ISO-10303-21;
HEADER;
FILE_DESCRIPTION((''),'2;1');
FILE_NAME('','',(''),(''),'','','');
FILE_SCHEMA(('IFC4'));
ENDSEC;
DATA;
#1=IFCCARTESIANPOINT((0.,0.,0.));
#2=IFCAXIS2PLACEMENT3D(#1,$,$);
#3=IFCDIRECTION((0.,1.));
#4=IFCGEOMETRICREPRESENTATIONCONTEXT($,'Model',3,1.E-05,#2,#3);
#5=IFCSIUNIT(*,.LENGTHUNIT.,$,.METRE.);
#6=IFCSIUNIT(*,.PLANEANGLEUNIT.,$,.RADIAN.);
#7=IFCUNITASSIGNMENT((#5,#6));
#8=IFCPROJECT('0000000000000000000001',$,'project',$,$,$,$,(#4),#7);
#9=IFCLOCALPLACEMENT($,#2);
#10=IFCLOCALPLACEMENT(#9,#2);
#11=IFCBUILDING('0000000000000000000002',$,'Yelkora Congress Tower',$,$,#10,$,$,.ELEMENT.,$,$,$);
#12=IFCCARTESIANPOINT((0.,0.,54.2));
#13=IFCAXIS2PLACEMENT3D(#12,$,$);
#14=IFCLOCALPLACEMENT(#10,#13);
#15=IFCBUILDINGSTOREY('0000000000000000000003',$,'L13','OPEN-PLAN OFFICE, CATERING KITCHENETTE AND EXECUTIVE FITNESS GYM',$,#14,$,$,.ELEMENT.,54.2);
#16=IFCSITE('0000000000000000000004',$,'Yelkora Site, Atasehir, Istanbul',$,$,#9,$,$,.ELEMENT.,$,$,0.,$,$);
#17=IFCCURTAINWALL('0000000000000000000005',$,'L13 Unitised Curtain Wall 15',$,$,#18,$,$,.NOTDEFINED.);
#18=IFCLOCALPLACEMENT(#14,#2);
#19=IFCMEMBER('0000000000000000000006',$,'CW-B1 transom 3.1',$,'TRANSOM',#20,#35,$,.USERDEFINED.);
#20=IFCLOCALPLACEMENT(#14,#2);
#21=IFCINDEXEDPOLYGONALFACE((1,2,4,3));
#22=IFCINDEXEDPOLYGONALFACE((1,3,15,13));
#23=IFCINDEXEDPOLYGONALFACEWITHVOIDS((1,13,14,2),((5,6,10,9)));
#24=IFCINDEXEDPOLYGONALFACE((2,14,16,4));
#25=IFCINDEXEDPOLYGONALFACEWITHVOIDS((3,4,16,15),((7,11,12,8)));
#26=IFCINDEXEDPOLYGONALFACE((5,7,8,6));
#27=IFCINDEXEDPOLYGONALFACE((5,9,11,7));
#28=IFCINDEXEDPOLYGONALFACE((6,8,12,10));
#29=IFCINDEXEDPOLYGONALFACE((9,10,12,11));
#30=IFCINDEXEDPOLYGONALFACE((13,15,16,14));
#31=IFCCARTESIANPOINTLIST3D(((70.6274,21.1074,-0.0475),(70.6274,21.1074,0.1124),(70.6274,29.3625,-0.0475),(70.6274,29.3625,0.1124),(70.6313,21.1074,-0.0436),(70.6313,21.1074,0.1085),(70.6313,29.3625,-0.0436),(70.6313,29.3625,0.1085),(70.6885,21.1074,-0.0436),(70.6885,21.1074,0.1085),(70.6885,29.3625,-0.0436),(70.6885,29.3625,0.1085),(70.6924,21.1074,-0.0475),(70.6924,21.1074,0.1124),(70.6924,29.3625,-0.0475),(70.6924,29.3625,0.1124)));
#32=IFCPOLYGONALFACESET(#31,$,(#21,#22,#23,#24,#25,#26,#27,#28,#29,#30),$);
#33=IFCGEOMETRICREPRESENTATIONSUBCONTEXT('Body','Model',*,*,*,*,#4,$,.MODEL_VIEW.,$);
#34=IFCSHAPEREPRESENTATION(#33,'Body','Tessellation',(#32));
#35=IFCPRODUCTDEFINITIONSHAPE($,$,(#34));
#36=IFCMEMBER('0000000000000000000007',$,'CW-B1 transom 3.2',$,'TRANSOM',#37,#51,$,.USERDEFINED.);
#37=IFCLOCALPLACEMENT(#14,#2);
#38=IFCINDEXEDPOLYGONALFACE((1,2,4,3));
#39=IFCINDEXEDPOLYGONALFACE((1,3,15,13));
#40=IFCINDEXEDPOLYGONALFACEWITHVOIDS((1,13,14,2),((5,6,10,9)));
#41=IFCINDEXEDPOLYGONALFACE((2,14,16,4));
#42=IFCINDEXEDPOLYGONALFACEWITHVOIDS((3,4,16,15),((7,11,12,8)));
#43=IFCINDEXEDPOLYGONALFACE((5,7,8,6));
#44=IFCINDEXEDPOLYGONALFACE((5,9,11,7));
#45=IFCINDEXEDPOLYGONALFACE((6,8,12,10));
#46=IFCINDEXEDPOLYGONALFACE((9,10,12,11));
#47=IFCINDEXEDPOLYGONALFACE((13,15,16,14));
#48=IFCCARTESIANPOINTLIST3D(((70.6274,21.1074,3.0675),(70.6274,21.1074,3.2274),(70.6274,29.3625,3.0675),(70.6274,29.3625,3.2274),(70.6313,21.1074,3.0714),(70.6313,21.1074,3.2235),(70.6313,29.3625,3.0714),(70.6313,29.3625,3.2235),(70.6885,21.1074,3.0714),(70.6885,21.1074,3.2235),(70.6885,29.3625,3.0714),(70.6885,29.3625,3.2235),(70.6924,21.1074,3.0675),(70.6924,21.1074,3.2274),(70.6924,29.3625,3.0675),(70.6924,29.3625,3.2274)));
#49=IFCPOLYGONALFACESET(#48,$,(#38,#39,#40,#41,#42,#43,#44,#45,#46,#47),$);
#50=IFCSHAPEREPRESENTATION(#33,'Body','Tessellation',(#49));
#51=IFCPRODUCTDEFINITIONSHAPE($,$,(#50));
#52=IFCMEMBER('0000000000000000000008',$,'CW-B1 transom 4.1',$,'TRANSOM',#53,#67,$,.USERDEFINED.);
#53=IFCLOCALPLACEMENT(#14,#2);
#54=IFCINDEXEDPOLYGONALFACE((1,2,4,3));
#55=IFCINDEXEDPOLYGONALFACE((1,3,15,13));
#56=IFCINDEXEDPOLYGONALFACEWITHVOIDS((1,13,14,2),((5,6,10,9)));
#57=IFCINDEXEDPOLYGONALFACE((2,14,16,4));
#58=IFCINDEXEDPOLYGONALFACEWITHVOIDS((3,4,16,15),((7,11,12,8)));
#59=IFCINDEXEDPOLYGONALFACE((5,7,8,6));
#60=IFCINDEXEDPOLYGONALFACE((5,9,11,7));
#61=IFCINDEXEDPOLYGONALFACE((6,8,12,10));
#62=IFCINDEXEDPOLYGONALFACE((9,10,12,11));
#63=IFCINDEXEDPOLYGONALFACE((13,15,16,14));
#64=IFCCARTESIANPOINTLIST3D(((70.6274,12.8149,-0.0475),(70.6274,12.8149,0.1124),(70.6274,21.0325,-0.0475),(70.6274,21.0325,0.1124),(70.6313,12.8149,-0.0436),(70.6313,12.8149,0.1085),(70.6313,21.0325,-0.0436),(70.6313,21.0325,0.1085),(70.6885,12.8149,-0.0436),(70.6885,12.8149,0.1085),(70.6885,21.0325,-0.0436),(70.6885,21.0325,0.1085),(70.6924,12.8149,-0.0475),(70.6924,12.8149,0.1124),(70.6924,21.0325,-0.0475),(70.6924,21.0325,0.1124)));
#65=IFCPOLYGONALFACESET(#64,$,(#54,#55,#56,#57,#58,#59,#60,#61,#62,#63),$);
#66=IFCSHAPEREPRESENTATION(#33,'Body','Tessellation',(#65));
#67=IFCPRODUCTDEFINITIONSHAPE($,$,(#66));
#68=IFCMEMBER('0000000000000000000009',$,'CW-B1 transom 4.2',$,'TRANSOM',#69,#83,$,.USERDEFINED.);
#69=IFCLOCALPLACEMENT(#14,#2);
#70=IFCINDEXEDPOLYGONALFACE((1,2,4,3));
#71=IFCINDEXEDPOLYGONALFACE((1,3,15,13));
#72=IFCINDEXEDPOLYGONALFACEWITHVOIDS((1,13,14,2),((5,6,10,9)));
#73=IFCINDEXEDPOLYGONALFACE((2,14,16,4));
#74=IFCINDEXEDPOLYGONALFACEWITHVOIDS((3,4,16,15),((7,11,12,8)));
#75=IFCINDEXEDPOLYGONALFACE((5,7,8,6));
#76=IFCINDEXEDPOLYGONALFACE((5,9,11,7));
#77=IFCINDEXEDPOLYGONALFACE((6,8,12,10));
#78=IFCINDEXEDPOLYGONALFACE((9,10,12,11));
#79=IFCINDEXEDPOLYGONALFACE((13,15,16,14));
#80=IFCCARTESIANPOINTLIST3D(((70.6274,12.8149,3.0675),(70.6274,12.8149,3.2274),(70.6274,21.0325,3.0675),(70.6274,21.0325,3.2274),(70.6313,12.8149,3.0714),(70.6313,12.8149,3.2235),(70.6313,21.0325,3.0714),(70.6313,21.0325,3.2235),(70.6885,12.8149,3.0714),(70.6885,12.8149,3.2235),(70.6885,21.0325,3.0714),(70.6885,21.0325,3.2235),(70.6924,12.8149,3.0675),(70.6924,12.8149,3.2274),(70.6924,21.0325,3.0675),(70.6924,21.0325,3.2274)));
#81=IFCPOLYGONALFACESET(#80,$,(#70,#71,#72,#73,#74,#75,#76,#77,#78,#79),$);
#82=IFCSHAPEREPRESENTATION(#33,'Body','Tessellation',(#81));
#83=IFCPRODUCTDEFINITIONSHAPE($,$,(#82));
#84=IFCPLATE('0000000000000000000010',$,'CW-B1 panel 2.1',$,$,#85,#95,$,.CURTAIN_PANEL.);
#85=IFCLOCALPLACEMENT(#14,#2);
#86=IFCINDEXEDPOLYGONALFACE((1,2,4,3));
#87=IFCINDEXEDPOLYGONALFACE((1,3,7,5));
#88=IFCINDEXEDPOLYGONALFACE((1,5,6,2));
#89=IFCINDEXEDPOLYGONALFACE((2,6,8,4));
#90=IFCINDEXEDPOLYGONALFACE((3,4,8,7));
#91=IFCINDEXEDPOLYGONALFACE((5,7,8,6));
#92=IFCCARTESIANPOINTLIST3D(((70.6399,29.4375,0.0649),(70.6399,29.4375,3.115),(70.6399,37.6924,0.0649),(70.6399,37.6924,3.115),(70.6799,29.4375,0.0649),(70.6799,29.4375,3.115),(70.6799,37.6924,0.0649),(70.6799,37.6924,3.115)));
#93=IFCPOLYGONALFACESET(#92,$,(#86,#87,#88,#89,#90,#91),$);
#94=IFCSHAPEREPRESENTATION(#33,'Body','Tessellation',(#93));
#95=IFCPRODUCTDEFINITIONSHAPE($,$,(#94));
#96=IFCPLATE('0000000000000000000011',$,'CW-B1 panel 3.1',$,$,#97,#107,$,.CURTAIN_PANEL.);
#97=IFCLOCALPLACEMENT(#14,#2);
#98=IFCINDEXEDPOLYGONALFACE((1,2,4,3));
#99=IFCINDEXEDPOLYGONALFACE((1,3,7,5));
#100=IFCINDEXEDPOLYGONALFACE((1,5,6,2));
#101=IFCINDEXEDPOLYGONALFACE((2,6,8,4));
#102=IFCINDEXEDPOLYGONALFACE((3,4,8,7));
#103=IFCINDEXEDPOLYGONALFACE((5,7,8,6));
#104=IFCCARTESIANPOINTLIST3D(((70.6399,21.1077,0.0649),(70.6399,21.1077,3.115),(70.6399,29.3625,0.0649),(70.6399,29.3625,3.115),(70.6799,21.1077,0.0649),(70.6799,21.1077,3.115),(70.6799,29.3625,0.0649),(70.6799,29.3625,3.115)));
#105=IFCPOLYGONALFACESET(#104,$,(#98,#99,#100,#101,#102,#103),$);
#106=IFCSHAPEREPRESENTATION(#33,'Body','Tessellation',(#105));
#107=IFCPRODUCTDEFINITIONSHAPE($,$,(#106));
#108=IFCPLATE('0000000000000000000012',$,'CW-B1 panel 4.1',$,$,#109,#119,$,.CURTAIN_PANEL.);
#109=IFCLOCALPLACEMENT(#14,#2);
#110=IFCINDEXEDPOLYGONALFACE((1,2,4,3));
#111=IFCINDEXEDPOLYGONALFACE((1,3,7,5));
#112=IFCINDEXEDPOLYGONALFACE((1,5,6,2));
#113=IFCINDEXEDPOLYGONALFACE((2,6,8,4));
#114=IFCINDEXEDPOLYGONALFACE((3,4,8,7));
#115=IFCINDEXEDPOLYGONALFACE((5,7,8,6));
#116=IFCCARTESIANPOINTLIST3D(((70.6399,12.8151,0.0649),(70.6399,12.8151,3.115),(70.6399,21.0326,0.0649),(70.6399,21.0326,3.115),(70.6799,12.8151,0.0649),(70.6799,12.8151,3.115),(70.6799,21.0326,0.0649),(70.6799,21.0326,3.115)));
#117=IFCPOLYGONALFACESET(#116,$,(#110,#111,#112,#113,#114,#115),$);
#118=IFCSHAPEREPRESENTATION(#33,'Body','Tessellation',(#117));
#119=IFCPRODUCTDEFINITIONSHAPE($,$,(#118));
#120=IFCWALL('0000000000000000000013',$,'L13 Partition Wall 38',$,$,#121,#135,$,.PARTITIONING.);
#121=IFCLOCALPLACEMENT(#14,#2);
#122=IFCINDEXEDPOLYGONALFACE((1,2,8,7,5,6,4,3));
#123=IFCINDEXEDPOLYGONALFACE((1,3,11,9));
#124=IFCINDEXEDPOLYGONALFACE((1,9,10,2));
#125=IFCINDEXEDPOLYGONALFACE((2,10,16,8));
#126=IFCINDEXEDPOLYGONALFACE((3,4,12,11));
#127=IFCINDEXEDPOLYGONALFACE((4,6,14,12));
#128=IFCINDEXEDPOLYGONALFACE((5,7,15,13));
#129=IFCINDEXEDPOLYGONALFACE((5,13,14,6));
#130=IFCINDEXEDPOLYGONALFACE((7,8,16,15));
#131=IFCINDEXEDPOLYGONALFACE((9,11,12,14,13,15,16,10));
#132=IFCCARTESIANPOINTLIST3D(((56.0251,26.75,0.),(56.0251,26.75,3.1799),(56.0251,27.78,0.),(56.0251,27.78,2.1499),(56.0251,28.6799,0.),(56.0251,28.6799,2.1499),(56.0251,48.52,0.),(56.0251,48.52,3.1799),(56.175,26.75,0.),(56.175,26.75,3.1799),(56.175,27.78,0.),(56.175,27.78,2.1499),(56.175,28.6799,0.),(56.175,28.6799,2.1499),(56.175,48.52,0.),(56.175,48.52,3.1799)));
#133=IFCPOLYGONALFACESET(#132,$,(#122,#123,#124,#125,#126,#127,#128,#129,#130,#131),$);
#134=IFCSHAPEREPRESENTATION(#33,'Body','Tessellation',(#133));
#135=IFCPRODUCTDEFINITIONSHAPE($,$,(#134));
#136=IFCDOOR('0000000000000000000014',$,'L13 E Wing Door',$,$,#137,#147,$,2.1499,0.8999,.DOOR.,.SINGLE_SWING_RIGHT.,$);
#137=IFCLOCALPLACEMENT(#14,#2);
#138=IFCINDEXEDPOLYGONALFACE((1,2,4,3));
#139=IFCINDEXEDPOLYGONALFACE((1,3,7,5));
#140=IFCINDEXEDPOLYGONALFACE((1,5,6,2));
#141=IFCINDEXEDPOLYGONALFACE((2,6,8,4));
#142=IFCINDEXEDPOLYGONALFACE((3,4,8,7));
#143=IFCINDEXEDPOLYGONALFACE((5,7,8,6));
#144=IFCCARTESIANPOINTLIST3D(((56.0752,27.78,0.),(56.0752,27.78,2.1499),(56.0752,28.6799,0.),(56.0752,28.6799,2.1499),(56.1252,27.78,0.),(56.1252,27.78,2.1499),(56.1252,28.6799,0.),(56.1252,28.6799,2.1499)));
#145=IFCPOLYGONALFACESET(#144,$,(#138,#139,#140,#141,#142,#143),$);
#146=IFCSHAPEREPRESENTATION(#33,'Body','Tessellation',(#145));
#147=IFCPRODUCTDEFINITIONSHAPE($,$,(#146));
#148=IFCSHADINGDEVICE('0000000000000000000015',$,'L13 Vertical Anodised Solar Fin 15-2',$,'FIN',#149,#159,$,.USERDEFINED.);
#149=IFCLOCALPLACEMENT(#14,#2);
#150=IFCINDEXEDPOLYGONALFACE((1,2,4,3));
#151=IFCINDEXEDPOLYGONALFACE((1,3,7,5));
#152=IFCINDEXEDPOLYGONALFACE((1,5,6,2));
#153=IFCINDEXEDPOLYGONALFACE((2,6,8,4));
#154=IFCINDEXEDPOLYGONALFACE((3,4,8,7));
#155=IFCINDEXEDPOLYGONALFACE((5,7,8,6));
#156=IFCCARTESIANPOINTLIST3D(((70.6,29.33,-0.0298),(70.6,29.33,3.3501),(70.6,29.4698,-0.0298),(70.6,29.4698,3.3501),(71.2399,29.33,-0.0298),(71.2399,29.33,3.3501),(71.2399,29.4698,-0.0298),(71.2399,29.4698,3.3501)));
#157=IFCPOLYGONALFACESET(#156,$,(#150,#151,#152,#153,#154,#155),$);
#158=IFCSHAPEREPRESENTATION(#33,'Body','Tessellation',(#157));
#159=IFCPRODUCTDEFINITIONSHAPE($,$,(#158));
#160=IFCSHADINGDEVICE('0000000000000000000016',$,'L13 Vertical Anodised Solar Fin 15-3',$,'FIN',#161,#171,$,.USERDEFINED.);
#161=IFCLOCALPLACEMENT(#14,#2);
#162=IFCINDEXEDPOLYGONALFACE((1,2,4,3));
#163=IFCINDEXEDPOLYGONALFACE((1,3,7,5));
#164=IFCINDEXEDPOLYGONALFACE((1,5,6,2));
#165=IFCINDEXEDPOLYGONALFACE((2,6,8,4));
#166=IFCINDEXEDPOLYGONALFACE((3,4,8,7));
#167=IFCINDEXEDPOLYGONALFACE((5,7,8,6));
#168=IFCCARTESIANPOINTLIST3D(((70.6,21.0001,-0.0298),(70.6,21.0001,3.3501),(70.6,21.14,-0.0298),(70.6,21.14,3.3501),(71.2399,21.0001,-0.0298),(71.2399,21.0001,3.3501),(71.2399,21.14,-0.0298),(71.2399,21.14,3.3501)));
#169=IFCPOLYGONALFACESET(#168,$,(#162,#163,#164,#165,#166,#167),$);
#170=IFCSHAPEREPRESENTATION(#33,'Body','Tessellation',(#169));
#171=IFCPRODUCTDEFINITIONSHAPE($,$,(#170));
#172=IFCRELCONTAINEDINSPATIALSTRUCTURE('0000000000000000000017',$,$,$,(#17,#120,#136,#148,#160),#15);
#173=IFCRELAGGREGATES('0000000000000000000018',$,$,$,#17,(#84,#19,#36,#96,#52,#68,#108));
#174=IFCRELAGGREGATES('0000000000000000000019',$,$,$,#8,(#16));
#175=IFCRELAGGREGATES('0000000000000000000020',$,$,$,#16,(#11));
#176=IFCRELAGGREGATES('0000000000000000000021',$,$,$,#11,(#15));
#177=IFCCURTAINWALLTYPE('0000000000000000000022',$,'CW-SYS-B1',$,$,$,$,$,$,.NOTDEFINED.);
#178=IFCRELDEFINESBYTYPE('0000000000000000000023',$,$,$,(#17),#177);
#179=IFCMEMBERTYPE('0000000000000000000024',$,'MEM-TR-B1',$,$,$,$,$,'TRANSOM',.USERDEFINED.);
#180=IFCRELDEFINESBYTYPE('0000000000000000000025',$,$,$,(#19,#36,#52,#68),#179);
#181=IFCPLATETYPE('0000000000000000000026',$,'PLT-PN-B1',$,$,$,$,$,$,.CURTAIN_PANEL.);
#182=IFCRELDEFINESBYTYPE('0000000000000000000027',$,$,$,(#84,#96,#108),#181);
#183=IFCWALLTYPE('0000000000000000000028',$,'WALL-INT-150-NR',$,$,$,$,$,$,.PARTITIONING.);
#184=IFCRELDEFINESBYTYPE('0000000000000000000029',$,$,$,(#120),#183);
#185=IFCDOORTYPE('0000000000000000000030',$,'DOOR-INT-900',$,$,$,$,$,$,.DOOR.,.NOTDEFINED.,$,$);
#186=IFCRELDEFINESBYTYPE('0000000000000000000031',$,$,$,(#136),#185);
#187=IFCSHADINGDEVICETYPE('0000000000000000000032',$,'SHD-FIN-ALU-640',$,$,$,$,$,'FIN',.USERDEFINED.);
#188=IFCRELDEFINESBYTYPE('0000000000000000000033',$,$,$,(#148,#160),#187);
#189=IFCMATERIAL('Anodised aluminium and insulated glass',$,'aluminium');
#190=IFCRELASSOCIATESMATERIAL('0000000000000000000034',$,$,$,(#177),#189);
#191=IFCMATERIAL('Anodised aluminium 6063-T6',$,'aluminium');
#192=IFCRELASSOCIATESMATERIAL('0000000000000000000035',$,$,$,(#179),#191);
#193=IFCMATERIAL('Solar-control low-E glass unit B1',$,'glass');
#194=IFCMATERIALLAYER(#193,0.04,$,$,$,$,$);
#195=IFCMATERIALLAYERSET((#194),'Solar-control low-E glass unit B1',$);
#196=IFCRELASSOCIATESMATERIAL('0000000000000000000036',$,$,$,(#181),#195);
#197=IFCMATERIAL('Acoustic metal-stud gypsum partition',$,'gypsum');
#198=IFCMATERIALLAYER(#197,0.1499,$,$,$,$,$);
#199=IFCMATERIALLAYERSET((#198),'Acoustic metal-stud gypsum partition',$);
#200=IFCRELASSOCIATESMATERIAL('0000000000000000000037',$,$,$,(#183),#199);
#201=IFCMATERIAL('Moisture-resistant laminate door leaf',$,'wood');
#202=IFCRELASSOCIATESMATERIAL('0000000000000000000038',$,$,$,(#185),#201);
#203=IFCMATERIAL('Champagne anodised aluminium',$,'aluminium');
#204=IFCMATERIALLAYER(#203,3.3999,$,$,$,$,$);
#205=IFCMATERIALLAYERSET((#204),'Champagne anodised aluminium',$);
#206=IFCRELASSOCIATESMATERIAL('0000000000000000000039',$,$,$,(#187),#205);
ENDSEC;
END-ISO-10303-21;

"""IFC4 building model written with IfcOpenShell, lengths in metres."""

from ifc_helpers import new_model, si_unit, direction, frame, frame_2d, origin, origin_2d, place, context, subcontext, project, spatial, rectangle, hollow_rectangle, extrude, material, layer, layer_set, material_profile, profile_set, type_object, element, fill, aggregate, save


model = new_model("IFC4")

# Units and contexts
model_context = context("Model", 3, precision=1e-05, world=origin(), true_north=direction((0.0, 1.0)))
body_context = subcontext(model_context, "Body", "Model", "MODEL_VIEW")
ifc_project = project(units=[si_unit("LENGTHUNIT", "METRE"), si_unit("PLANEANGLEUNIT", "RADIAN")], contexts=[model_context])

# Site, building, storey
site_placement = place(None, origin())
site = spatial("IfcSite", under=ifc_project, at=site_placement, Name="Yelkora Site, Atasehir, Istanbul", CompositionType="ELEMENT", RefElevation=0.0)
building_placement = place(site_placement, origin())
building = spatial("IfcBuilding", under=site, at=building_placement, Name="Yelkora Congress Tower", CompositionType="ELEMENT")
storey_placement = place(building_placement, frame((0.0, 0.0, 54.2)))
storey = spatial("IfcBuildingStorey", under=building, at=storey_placement, Name="L13", Description="OPEN-PLAN OFFICE, CATERING KITCHENETTE AND EXECUTIVE FITNESS GYM", CompositionType="ELEMENT", Elevation=54.2)

# Curtain wall, members, plates
ifc_material_1 = material(Name="Anodised aluminium and insulated glass", Category="aluminium")
curtain_wall_type = type_object("IfcCurtainWallType", Name="CW-SYS-B1", PredefinedType="NOTDEFINED", material=ifc_material_1)
curtain_wall_placement = place(storey_placement, origin())
curtain_wall = element("IfcCurtainWall", 1, at=curtain_wall_placement, inside=storey, type_object=curtain_wall_type, Name="L13 Unitised Curtain Wall 15", PredefinedType="NOTDEFINED")
ifc_material_2 = material(Name="Anodised aluminium 6063-T6", Category="aluminium")
ifc_material_profile_1 = material_profile(ifc_material_2, hollow_rectangle(XDim=0.0649, YDim=0.1599, WallThickness=0.0039, at=origin_2d()), Name="ALU 65x160x4")
ifc_profile_set_1 = profile_set([ifc_material_profile_1], Name="Anodised aluminium 6063-T6")
member_type_1 = type_object("IfcMemberType", Name="MEM-TR-B1", ElementType="TRANSOM", PredefinedType="USERDEFINED", material=ifc_profile_set_1)
member_1_placement = place(storey_placement, frame((70.6599, 29.3625, 0.0325), z_axis=(0.0, -1.0, 0.0), x_axis=(1.0, 0.0, 0.0)))
member_1 = element("IfcMember", 2, at=member_1_placement, type_object=member_type_1, Name="CW-B1 transom 3.1", ObjectType="TRANSOM", PredefinedType="USERDEFINED", context=body_context, shape_type="SweptSolid", body=[
    extrude(hollow_rectangle(XDim=0.0649, YDim=0.1599, WallThickness=0.0039, at=origin_2d()), origin(), (0.0, 0.0, 1.0), 8.2551),
])
member_2_placement = place(storey_placement, frame((70.6599, 29.3625, 3.1475), z_axis=(0.0, -1.0, 0.0), x_axis=(1.0, 0.0, 0.0)))
member_2 = element("IfcMember", 3, at=member_2_placement, type_object=member_type_1, Name="CW-B1 transom 3.2", ObjectType="TRANSOM", PredefinedType="USERDEFINED", context=body_context, shape_type="SweptSolid", body=[
    extrude(hollow_rectangle(XDim=0.0649, YDim=0.1599, WallThickness=0.0039, at=origin_2d()), origin(), (0.0, 0.0, 1.0), 8.2551),
])
member_3_placement = place(storey_placement, frame((70.6599, 21.0325, 0.0325), z_axis=(0.0, -1.0, 0.0), x_axis=(1.0, 0.0, 0.0)))
member_3 = element("IfcMember", 4, at=member_3_placement, type_object=member_type_1, Name="CW-B1 transom 4.1", ObjectType="TRANSOM", PredefinedType="USERDEFINED", context=body_context, shape_type="SweptSolid", body=[
    extrude(hollow_rectangle(XDim=0.0649, YDim=0.1599, WallThickness=0.0039, at=origin_2d()), origin(), (0.0, 0.0, 1.0), 8.2175),
])
member_4_placement = place(storey_placement, frame((70.6599, 21.0325, 3.1475), z_axis=(0.0, -1.0, 0.0), x_axis=(1.0, 0.0, 0.0)))
member_4 = element("IfcMember", 5, at=member_4_placement, type_object=member_type_1, Name="CW-B1 transom 4.2", ObjectType="TRANSOM", PredefinedType="USERDEFINED", context=body_context, shape_type="SweptSolid", body=[
    extrude(hollow_rectangle(XDim=0.0649, YDim=0.1599, WallThickness=0.0039, at=origin_2d()), origin(), (0.0, 0.0, 1.0), 8.2175),
])
ifc_material_3 = material(Name="Solar-control low-E glass unit B1", Category="glass")
ifc_layer_1 = layer(ifc_material_3, 0.04)
ifc_layer_set_1 = layer_set([ifc_layer_1], Name="Solar-control low-E glass unit B1")
plate_type = type_object("IfcPlateType", Name="PLT-PN-B1", PredefinedType="CURTAIN_PANEL", material=ifc_layer_set_1)
plate_1_placement = place(storey_placement, frame((70.6599, 33.5649, 0.0649), z_axis=(0.0, 0.0, 1.0), x_axis=(0.0, -1.0, 0.0)))
plate_1 = element("IfcPlate", 6, at=plate_1_placement, type_object=plate_type, Name="CW-B1 panel 2.1", PredefinedType="CURTAIN_PANEL", context=body_context, shape_type="SweptSolid", body=[
    extrude(rectangle(XDim=8.2549, YDim=0.04, at=origin_2d()), origin(), (0.0, 0.0, 1.0), 3.05),
])
plate_2_placement = place(storey_placement, frame((70.6599, 25.2351, 0.0649), z_axis=(0.0, 0.0, 1.0), x_axis=(0.0, -1.0, 0.0)))
plate_2 = element("IfcPlate", 7, at=plate_2_placement, type_object=plate_type, Name="CW-B1 panel 3.1", PredefinedType="CURTAIN_PANEL", context=body_context, shape_type="SweptSolid", body=[
    extrude(rectangle(XDim=8.2549, YDim=0.04, at=origin_2d()), origin(), (0.0, 0.0, 1.0), 3.05),
])
plate_3_placement = place(storey_placement, frame((70.6599, 16.9238, 0.0649), z_axis=(0.0, 0.0, 1.0), x_axis=(0.0, -1.0, 0.0)))
plate_3 = element("IfcPlate", 8, at=plate_3_placement, type_object=plate_type, Name="CW-B1 panel 4.1", PredefinedType="CURTAIN_PANEL", context=body_context, shape_type="SweptSolid", body=[
    extrude(rectangle(XDim=8.2175, YDim=0.04, at=origin_2d()), origin(), (0.0, 0.0, 1.0), 3.05),
])
aggregate(curtain_wall, [plate_1, member_1, member_2, plate_2, member_3, member_4, plate_3])

# Wall, opening, door
ifc_material_4 = material(Name="Acoustic metal-stud gypsum partition", Category="gypsum")
ifc_layer_2 = layer(ifc_material_4, 0.1499)
ifc_layer_set_2 = layer_set([ifc_layer_2], Name="Acoustic metal-stud gypsum partition")
wall_type = type_object("IfcWallType", Name="WALL-INT-150-NR", PredefinedType="PARTITIONING", material=ifc_layer_set_2)
wall_placement = place(storey_placement, frame((56.1001, 26.75, 0.0), z_axis=(0.0, 0.0, 1.0), x_axis=(0.0, 1.0, 0.0)))
wall = element("IfcWall", 9, at=wall_placement, inside=storey, type_object=wall_type, Name="L13 Partition Wall 38", PredefinedType="PARTITIONING", context=body_context, shape_type="SweptSolid", body=[
    extrude(rectangle(XDim=21.77, YDim=0.1499, at=frame_2d((10.885, 0.0))), origin(), (0.0, 0.0, 1.0), 3.1799),
])
opening_placement = place(wall_placement, frame((1.03, 0.0, 0.0)))
opening = element("IfcOpeningElement", 10, at=opening_placement, cuts=wall, PredefinedType="OPENING", context=body_context, shape_type="SweptSolid", body=[
    extrude(rectangle(XDim=0.8999, YDim=2.1499, at=frame_2d((0.45, 1.075))), frame((0.0, 0.085, 0.0), z_axis=(0.0, -1.0, 0.0), x_axis=(1.0, 0.0, 0.0)), (0.0, 0.0, 1.0), 0.1699),
])
ifc_material_5 = material(Name="Moisture-resistant laminate door leaf", Category="wood")
door_type = type_object("IfcDoorType", Name="DOOR-INT-900", OperationType="NOTDEFINED", PredefinedType="DOOR", material=ifc_material_5)
door_placement = place(opening_placement, origin())
door = element("IfcDoor", 11, at=door_placement, inside=storey, type_object=door_type, Name="L13 E Wing Door", OperationType="SINGLE_SWING_RIGHT", OverallHeight=2.1499, OverallWidth=0.8999, PredefinedType="DOOR", context=body_context, shape_type="SweptSolid", body=[
    extrude(rectangle(XDim=0.8999, YDim=2.1499, at=frame_2d((0.45, 1.075))), frame((0.0, 0.0249, 0.0), z_axis=(0.0, -1.0, 0.0), x_axis=(1.0, 0.0, 0.0)), (0.0, 0.0, 1.0), 0.05),
])
fill(opening, door)

# Shading devices
ifc_material_6 = material(Name="Champagne anodised aluminium", Category="aluminium")
ifc_layer_3 = layer(ifc_material_6, 3.3999)
ifc_layer_set_3 = layer_set([ifc_layer_3], Name="Champagne anodised aluminium")
shading_device_type = type_object("IfcShadingDeviceType", Name="SHD-FIN-ALU-640", ElementType="FIN", PredefinedType="USERDEFINED", material=ifc_layer_set_3)
for number, where, z_axis, x_axis, name in (
    (12, (70.9199, 29.3999, -0.0298), (0.0, 0.0, 1.0), (0.0, -1.0, 0.0), "L13 Vertical Anodised Solar Fin 15-2"),
    (13, (70.9199, 21.0701, -0.0298), (0.0, 0.0, 1.0), (0.0, -1.0, 0.0), "L13 Vertical Anodised Solar Fin 15-3"),
):
    element("IfcShadingDevice", number, at=place(storey_placement, frame(where, z_axis=z_axis, x_axis=x_axis)), inside=storey, type_object=shading_device_type, Name=name, ObjectType="FIN", PredefinedType="USERDEFINED", context=body_context, shape_type="SweptSolid", body=[
        extrude(rectangle(XDim=0.1399, YDim=0.6399, at=origin_2d()), origin(), (0.0, 0.0, 1.0), 3.3799),
    ])

save(model, "model.ifc")
